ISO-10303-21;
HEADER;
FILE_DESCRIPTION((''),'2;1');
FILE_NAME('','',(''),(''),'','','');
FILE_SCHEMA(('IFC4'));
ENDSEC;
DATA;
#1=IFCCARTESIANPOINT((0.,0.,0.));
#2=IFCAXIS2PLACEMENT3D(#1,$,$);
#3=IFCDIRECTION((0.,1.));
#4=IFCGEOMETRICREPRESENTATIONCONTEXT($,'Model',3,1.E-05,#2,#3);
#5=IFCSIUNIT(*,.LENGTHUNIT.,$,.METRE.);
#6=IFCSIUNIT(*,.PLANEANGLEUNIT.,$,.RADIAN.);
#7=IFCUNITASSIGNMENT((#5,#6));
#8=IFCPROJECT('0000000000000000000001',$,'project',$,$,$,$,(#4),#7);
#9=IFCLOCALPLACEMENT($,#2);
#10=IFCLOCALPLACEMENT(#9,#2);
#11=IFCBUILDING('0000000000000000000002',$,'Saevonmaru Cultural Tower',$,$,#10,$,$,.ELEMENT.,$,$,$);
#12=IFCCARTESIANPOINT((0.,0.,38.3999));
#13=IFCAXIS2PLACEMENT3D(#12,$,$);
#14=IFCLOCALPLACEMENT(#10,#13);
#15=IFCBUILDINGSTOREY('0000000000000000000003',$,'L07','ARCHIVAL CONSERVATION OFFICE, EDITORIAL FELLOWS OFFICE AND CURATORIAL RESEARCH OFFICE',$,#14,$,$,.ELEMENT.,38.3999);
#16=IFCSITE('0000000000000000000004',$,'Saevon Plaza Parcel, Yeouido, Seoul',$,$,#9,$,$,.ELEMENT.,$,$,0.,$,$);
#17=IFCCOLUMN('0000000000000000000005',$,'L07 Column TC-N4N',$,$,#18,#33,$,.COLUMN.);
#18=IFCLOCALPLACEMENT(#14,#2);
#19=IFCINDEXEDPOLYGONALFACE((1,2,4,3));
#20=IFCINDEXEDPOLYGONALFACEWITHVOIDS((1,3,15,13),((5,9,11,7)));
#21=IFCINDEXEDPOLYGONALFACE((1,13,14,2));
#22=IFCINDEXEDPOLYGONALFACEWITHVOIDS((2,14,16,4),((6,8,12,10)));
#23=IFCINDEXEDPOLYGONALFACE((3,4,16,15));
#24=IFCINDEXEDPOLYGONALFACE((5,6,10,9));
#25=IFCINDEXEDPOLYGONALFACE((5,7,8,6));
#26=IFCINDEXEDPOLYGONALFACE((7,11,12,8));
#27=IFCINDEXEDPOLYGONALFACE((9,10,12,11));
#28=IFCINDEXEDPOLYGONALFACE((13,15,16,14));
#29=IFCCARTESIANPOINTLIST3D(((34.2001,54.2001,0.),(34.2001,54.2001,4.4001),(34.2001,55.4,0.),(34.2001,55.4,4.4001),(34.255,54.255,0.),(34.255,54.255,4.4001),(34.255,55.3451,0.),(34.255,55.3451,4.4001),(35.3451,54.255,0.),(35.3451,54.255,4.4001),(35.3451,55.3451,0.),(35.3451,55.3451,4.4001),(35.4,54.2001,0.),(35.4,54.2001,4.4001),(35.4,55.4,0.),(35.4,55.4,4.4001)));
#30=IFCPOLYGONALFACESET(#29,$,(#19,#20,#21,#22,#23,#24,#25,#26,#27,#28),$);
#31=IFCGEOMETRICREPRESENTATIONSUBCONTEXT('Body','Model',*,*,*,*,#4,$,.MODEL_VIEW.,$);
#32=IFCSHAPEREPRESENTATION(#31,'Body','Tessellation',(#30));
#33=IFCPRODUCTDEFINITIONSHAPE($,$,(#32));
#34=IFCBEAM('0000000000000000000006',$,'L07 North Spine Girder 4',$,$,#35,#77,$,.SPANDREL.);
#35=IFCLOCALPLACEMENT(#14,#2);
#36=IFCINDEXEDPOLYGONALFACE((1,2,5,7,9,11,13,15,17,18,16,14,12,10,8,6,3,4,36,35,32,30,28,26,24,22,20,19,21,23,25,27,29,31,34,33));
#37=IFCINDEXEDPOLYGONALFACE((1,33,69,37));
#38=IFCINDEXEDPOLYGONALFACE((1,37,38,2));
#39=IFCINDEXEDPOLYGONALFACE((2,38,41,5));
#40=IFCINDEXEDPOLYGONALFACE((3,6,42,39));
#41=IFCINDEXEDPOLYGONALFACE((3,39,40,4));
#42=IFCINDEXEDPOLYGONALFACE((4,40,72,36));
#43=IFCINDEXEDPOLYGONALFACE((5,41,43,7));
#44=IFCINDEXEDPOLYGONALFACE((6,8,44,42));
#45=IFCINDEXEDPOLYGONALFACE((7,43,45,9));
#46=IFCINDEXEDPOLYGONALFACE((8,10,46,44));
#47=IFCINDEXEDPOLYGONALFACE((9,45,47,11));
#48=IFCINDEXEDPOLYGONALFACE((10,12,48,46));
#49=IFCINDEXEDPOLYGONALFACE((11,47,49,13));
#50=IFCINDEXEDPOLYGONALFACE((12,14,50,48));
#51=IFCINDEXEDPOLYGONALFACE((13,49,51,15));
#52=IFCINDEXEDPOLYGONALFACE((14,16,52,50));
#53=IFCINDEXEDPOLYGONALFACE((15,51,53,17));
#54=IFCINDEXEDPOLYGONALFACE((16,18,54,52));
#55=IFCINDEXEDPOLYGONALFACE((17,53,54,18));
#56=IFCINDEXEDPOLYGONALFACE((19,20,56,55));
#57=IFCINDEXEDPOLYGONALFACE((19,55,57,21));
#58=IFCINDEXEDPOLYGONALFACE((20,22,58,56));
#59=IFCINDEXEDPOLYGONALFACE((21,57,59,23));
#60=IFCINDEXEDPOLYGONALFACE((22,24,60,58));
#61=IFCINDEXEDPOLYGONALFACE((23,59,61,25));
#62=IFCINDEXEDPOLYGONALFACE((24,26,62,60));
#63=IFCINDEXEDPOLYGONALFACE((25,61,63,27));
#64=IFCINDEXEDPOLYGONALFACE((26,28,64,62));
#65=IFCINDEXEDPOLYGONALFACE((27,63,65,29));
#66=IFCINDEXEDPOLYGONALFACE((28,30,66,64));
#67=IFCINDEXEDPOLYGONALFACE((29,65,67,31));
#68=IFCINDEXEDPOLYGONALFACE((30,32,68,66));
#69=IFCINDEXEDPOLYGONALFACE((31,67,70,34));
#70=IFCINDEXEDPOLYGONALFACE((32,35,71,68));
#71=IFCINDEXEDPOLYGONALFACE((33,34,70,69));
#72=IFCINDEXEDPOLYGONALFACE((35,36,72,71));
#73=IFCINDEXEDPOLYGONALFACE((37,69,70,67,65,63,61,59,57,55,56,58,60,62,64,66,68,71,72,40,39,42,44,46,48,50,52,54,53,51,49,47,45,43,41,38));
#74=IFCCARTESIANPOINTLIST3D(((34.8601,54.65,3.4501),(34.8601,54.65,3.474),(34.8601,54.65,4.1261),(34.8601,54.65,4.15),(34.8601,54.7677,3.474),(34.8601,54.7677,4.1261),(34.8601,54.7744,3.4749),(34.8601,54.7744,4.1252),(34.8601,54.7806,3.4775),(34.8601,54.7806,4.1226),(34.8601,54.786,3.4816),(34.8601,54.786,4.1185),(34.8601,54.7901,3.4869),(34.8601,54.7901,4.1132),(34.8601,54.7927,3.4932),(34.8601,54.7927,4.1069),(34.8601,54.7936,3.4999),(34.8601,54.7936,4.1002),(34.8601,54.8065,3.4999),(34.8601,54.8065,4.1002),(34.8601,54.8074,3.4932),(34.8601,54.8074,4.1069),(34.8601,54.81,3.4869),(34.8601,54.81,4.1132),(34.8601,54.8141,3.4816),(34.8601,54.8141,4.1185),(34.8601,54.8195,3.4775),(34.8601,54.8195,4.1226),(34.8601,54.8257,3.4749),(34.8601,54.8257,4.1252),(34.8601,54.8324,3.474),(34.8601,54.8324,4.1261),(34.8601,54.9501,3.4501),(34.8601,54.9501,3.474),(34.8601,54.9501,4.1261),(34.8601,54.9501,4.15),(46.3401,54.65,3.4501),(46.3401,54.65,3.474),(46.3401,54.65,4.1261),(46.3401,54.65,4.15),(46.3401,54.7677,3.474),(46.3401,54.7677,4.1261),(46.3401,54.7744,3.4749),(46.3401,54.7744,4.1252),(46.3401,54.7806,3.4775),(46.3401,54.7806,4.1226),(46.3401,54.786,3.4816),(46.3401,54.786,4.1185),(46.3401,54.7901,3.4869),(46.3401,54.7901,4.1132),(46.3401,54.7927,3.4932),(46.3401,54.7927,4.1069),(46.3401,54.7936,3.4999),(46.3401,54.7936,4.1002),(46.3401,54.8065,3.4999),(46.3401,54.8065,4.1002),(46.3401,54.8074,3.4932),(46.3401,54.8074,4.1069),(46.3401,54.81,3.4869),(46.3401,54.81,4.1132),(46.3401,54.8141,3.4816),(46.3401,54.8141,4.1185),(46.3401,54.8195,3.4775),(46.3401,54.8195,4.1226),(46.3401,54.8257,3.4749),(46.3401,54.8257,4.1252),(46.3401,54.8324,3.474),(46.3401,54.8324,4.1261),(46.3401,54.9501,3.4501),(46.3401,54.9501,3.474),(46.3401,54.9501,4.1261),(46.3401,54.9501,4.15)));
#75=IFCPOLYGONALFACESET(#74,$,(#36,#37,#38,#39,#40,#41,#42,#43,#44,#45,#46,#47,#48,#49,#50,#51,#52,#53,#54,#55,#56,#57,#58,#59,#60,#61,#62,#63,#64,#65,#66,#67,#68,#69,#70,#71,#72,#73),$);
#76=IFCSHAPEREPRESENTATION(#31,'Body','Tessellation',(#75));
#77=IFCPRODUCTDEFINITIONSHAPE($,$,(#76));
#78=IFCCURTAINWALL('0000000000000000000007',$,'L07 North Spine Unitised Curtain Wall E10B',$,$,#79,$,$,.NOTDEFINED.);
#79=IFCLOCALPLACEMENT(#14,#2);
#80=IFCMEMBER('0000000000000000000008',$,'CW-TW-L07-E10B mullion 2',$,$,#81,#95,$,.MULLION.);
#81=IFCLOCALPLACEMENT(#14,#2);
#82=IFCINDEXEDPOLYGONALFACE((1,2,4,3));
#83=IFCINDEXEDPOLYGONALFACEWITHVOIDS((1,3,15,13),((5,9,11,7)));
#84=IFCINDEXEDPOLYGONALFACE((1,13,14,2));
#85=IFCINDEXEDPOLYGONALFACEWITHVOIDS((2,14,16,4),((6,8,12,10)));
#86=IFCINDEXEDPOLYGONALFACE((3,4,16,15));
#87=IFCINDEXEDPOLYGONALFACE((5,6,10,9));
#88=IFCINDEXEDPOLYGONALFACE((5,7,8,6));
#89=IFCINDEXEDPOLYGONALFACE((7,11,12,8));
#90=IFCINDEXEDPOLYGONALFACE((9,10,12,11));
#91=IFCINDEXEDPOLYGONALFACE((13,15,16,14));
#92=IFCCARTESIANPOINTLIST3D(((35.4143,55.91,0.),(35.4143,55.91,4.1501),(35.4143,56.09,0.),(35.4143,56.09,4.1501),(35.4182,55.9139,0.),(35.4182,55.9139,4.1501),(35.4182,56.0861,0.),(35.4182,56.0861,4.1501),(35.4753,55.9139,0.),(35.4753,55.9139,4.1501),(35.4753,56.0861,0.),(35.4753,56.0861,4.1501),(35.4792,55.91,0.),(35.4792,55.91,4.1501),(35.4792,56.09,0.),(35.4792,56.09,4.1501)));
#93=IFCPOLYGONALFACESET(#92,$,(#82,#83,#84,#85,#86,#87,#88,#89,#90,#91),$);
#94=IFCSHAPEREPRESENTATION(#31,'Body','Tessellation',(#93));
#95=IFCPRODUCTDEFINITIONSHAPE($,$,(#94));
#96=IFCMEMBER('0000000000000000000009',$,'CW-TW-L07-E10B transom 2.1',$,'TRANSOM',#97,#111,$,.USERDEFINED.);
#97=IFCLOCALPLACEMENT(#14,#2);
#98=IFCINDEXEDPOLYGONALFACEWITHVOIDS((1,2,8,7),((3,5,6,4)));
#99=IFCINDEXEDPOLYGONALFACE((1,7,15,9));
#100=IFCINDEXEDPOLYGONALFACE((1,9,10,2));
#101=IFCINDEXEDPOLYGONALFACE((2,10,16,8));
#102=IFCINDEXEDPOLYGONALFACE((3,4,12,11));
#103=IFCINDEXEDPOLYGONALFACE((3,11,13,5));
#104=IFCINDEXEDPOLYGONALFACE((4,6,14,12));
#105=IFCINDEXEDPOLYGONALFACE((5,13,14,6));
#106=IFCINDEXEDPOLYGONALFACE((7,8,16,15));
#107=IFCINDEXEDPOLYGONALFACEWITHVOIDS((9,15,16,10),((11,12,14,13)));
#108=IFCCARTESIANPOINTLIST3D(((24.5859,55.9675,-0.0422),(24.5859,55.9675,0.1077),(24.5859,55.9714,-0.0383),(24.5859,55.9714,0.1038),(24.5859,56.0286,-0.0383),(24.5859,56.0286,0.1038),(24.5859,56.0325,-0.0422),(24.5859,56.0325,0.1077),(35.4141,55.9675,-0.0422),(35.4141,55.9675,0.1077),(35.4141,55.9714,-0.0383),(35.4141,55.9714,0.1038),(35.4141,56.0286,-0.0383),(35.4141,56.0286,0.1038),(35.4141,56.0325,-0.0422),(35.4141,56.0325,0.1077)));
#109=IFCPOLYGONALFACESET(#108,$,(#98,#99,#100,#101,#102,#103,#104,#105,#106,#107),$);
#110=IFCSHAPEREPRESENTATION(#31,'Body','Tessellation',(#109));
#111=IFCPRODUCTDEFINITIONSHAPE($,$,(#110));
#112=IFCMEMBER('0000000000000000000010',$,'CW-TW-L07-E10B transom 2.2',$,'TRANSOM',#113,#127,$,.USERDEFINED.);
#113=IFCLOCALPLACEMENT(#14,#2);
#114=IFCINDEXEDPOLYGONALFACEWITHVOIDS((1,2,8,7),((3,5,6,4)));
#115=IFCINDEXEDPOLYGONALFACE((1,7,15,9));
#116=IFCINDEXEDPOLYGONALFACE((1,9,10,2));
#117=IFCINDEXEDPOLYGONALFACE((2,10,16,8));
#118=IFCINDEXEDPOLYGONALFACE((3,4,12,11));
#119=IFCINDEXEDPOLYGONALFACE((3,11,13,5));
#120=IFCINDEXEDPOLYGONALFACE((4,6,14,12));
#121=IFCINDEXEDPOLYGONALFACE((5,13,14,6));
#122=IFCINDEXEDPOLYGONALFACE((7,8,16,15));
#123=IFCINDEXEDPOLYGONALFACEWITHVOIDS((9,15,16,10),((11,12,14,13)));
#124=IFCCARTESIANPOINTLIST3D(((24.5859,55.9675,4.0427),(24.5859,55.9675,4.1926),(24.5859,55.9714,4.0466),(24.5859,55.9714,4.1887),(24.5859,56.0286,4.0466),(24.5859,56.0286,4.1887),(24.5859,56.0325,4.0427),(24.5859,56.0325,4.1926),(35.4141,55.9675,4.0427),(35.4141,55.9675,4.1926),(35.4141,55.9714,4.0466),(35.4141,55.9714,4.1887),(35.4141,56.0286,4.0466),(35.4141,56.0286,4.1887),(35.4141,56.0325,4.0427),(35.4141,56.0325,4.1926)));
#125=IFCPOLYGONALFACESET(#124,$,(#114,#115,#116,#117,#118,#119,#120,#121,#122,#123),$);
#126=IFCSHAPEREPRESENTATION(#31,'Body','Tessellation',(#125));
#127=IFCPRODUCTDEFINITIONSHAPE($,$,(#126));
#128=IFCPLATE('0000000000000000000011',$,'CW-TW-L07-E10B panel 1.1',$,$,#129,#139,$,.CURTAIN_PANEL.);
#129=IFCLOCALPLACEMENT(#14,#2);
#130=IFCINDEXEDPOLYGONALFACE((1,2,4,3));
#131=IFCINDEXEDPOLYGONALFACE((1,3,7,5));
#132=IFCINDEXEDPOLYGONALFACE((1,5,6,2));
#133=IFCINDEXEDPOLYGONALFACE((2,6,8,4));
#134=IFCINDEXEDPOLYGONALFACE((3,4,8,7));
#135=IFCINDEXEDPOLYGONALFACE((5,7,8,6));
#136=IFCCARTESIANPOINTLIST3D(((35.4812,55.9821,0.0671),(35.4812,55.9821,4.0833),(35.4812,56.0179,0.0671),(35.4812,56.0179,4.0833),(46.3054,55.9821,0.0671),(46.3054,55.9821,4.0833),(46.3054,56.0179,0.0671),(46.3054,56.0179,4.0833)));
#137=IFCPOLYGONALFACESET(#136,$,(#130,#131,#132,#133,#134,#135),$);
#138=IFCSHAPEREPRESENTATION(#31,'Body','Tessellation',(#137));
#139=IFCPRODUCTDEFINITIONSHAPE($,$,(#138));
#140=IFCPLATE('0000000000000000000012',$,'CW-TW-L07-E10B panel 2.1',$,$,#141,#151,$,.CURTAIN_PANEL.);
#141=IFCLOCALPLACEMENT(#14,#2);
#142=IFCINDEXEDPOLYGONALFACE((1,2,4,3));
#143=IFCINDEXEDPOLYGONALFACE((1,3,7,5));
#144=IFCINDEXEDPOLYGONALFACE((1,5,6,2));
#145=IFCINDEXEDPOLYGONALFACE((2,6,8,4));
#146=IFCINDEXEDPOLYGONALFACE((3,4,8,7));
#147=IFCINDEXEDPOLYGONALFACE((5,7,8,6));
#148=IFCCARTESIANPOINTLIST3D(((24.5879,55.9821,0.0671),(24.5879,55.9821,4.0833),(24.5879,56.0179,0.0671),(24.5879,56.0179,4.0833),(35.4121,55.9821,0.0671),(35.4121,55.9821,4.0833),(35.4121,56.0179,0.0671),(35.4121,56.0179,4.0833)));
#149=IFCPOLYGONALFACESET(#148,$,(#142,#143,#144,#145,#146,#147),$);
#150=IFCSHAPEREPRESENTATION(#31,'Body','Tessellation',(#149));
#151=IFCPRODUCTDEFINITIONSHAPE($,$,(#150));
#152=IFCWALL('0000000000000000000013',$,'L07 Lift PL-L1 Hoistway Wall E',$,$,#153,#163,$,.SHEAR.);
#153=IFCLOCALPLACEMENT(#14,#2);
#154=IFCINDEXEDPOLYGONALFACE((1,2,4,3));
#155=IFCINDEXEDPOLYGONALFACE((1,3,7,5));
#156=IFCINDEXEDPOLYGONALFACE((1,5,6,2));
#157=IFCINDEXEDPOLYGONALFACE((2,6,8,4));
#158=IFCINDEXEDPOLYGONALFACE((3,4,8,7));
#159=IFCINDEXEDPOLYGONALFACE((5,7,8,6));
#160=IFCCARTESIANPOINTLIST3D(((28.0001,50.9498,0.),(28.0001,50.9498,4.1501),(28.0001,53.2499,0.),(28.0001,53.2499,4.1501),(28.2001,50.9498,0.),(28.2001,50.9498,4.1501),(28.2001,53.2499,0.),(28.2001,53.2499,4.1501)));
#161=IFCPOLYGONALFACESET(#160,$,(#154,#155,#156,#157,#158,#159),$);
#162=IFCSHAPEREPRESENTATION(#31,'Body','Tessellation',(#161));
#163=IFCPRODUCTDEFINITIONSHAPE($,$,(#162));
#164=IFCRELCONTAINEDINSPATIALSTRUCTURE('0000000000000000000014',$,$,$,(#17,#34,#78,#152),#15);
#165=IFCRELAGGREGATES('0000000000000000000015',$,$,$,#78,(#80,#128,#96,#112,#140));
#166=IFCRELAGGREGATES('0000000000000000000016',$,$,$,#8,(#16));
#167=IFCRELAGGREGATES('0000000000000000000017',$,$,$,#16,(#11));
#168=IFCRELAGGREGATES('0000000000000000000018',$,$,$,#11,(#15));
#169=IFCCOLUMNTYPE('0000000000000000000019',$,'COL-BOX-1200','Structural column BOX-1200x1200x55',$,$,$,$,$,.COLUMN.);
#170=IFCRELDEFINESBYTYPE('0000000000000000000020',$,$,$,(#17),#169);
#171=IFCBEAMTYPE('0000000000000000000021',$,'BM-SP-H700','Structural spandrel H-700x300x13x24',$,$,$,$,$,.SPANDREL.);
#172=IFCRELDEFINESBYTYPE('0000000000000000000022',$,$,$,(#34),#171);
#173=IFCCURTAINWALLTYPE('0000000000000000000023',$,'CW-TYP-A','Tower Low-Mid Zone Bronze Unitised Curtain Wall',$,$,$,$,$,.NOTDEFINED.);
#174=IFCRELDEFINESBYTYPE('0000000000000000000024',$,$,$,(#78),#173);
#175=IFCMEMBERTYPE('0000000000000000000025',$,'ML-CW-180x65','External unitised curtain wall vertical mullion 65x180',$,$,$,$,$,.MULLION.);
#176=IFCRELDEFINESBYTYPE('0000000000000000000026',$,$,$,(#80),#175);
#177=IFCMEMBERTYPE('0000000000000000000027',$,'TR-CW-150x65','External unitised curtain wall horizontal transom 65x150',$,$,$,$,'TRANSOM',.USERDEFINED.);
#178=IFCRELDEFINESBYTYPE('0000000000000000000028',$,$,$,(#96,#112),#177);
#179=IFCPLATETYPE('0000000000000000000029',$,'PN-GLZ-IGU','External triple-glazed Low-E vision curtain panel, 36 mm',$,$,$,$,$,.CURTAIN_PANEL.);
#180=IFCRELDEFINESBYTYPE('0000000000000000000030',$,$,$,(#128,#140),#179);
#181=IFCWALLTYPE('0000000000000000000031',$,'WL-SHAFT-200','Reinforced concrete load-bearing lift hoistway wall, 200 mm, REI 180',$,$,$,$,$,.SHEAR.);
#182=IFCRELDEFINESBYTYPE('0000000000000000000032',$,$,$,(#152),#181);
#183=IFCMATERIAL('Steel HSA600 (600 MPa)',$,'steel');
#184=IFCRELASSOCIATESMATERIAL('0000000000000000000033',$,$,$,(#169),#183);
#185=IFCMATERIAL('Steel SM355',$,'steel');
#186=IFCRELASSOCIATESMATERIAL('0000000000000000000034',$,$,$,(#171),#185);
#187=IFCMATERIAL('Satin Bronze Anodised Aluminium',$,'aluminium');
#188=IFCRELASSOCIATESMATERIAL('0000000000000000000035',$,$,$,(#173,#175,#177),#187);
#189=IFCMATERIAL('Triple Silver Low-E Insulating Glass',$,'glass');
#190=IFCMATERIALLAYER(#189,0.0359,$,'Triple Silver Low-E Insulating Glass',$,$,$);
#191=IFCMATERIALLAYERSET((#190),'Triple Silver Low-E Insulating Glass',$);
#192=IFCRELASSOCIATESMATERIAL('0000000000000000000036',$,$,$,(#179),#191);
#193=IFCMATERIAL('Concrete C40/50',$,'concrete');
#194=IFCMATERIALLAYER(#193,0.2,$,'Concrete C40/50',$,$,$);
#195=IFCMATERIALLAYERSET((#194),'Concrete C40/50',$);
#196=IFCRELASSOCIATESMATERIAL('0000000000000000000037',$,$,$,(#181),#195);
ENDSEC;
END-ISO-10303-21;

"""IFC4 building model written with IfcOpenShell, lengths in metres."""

from ifc_helpers import new_model, si_unit, direction, frame, frame_2d, origin, origin_2d, place, context, subcontext, project, spatial, rectangle, hollow_rectangle, i_section, extrude, material, layer, layer_set, material_profile, profile_set, type_object, element, aggregate, save


model = new_model("IFC4")

# Units and contexts
model_context = context("Model", 3, precision=1e-05, world=origin(), true_north=direction((0.0, 1.0)))
body_context = subcontext(model_context, "Body", "Model", "MODEL_VIEW")
ifc_project = project(units=[si_unit("LENGTHUNIT", "METRE"), si_unit("PLANEANGLEUNIT", "RADIAN")], contexts=[model_context])

# Site, building, storey
site_placement = place(None, origin())
site = spatial("IfcSite", under=ifc_project, at=site_placement, Name="Saevon Plaza Parcel, Yeouido, Seoul", CompositionType="ELEMENT", RefElevation=0.0)
building_placement = place(site_placement, origin())
building = spatial("IfcBuilding", under=site, at=building_placement, Name="Saevonmaru Cultural Tower", CompositionType="ELEMENT")
storey_placement = place(building_placement, frame((0.0, 0.0, 38.3999)))
storey = spatial("IfcBuildingStorey", under=building, at=storey_placement, Name="L07", Description="ARCHIVAL CONSERVATION OFFICE, EDITORIAL FELLOWS OFFICE AND CURATORIAL RESEARCH OFFICE", CompositionType="ELEMENT", Elevation=38.3999)

# Column
ifc_material_1 = material(Name="Steel HSA600 (600 MPa)", Category="steel")
ifc_material_profile_1 = material_profile(ifc_material_1, hollow_rectangle(XDim=1.2, YDim=1.2, WallThickness=0.0549, at=origin_2d()), Name="BOX-1200x1200x55")
ifc_profile_set_1 = profile_set([ifc_material_profile_1], Name="Steel HSA600 (600 MPa)")
column_type = type_object("IfcColumnType", Name="COL-BOX-1200", Description="Structural column BOX-1200x1200x55", PredefinedType="COLUMN", material=ifc_profile_set_1)
column_placement = place(storey_placement, frame((34.8, 54.8, 0.0), z_axis=(0.0, 0.0, 1.0), x_axis=(1.0, 0.0, 0.0)))
element("IfcColumn", 1, at=column_placement, inside=storey, type_object=column_type, Name="L07 Column TC-N4N", PredefinedType="COLUMN", context=body_context, shape_type="SweptSolid", body=[
    extrude(hollow_rectangle(XDim=1.2, YDim=1.2, WallThickness=0.0549, at=origin_2d()), origin(), (0.0, 0.0, 1.0), 4.4001),
])

# Beam
ifc_material_2 = material(Name="Steel SM355", Category="steel")
ifc_material_profile_2 = material_profile(ifc_material_2, i_section(OverallWidth=0.3, OverallDepth=0.7, WebThickness=0.0129, FlangeThickness=0.0239, FilletRadius=0.0259, at=origin_2d()), Name="H-700x300x13x24")
ifc_profile_set_2 = profile_set([ifc_material_profile_2], Name="Steel SM355")
beam_type = type_object("IfcBeamType", Name="BM-SP-H700", Description="Structural spandrel H-700x300x13x24", PredefinedType="SPANDREL", material=ifc_profile_set_2)
beam_placement = place(storey_placement, frame((34.8601, 54.8, 3.8), z_axis=(1.0, 0.0, 0.0), x_axis=(0.0, 1.0, 0.0)))
element("IfcBeam", 2, at=beam_placement, inside=storey, type_object=beam_type, Name="L07 North Spine Girder 4", PredefinedType="SPANDREL", context=body_context, shape_type="SweptSolid", body=[
    extrude(i_section(OverallWidth=0.3, OverallDepth=0.7, WebThickness=0.0129, FlangeThickness=0.0239, FilletRadius=0.0259, at=origin_2d()), origin(), (0.0, 0.0, 1.0), 11.48),
])

# Curtain wall, members, plates
ifc_material_3 = material(Name="Satin Bronze Anodised Aluminium", Category="aluminium")
curtain_wall_type = type_object("IfcCurtainWallType", Name="CW-TYP-A", Description="Tower Low-Mid Zone Bronze Unitised Curtain Wall", PredefinedType="NOTDEFINED", material=ifc_material_3)
curtain_wall_placement = place(storey_placement, origin())
curtain_wall = element("IfcCurtainWall", 3, at=curtain_wall_placement, inside=storey, type_object=curtain_wall_type, Name="L07 North Spine Unitised Curtain Wall E10B", PredefinedType="NOTDEFINED")
ifc_material_profile_3 = material_profile(ifc_material_3, hollow_rectangle(XDim=0.0649, YDim=0.1799, WallThickness=0.0039, at=origin_2d()), Name="ALU-MULL-180x65x4")
ifc_profile_set_3 = profile_set([ifc_material_profile_3], Name="Satin Bronze Anodised Aluminium")
member_type_1 = type_object("IfcMemberType", Name="ML-CW-180x65", Description="External unitised curtain wall vertical mullion 65x180", PredefinedType="MULLION", material=ifc_profile_set_3)
member_1_placement = place(storey_placement, frame((35.4468, 56.0, 0.0), z_axis=(0.0, 0.0, 1.0), x_axis=(-1.0, 0.0, 0.0)))
member_1 = element("IfcMember", 4, at=member_1_placement, type_object=member_type_1, Name="CW-TW-L07-E10B mullion 2", PredefinedType="MULLION", context=body_context, shape_type="SweptSolid", body=[
    extrude(hollow_rectangle(XDim=0.0649, YDim=0.1799, WallThickness=0.0039, at=origin_2d()), origin(), (0.0, 0.0, 1.0), 4.1501),
])
ifc_material_profile_4 = material_profile(ifc_material_3, hollow_rectangle(XDim=0.0649, YDim=0.1499, WallThickness=0.0039, at=origin_2d()), Name="ALU-TRAN-150x65x4")
ifc_profile_set_4 = profile_set([ifc_material_profile_4], Name="Satin Bronze Anodised Aluminium")
member_type_2 = type_object("IfcMemberType", Name="TR-CW-150x65", Description="External unitised curtain wall horizontal transom 65x150", ElementType="TRANSOM", PredefinedType="USERDEFINED", material=ifc_profile_set_4)
member_2_placement = place(storey_placement, frame((35.4141, 56.0, 0.0327), z_axis=(-1.0, 0.0, 0.0), x_axis=(0.0, -1.0, 0.0)))
member_2 = element("IfcMember", 5, at=member_2_placement, type_object=member_type_2, Name="CW-TW-L07-E10B transom 2.1", ObjectType="TRANSOM", PredefinedType="USERDEFINED", context=body_context, shape_type="SweptSolid", body=[
    extrude(hollow_rectangle(XDim=0.0649, YDim=0.1499, WallThickness=0.0039, at=origin_2d()), origin(), (0.0, 0.0, 1.0), 10.8281),
])
member_3_placement = place(storey_placement, frame((35.4141, 56.0, 4.1177), z_axis=(-1.0, 0.0, 0.0), x_axis=(0.0, -1.0, 0.0)))
member_3 = element("IfcMember", 6, at=member_3_placement, type_object=member_type_2, Name="CW-TW-L07-E10B transom 2.2", ObjectType="TRANSOM", PredefinedType="USERDEFINED", context=body_context, shape_type="SweptSolid", body=[
    extrude(hollow_rectangle(XDim=0.0649, YDim=0.1499, WallThickness=0.0039, at=origin_2d()), origin(), (0.0, 0.0, 1.0), 10.8281),
])
ifc_material_4 = material(Name="Triple Silver Low-E Insulating Glass", Category="glass")
ifc_layer_1 = layer(ifc_material_4, 0.0359, Name="Triple Silver Low-E Insulating Glass")
ifc_layer_set_1 = layer_set([ifc_layer_1], Name="Triple Silver Low-E Insulating Glass")
plate_type = type_object("IfcPlateType", Name="PN-GLZ-IGU", Description="External triple-glazed Low-E vision curtain panel, 36 mm", PredefinedType="CURTAIN_PANEL", material=ifc_layer_set_1)
plate_1_placement = place(storey_placement, frame((40.8933, 56.0, 0.0671), z_axis=(0.0, 0.0, 1.0), x_axis=(-1.0, 0.0, 0.0)))
plate_1 = element("IfcPlate", 7, at=plate_1_placement, type_object=plate_type, Name="CW-TW-L07-E10B panel 1.1", PredefinedType="CURTAIN_PANEL", context=body_context, shape_type="SweptSolid", body=[
    extrude(rectangle(XDim=10.8242, YDim=0.0359, at=origin_2d()), origin(), (0.0, 0.0, 1.0), 4.0161),
])
plate_2_placement = place(storey_placement, frame((30.0, 56.0, 0.0671), z_axis=(0.0, 0.0, 1.0), x_axis=(-1.0, 0.0, 0.0)))
plate_2 = element("IfcPlate", 8, at=plate_2_placement, type_object=plate_type, Name="CW-TW-L07-E10B panel 2.1", PredefinedType="CURTAIN_PANEL", context=body_context, shape_type="SweptSolid", body=[
    extrude(rectangle(XDim=10.8242, YDim=0.0359, at=origin_2d()), origin(), (0.0, 0.0, 1.0), 4.0161),
])
aggregate(curtain_wall, [member_1, plate_1, member_2, member_3, plate_2])

# Wall
ifc_material_5 = material(Name="Concrete C40/50", Category="concrete")
ifc_layer_2 = layer(ifc_material_5, 0.2, Name="Concrete C40/50")
ifc_layer_set_2 = layer_set([ifc_layer_2], Name="Concrete C40/50")
wall_type_1 = type_object("IfcWallType", Name="WL-SHAFT-200", Description="Reinforced concrete load-bearing lift hoistway wall, 200 mm, REI 180", PredefinedType="SHEAR", material=ifc_layer_set_2)
wall_1_placement = place(storey_placement, frame((28.1001, 50.95, 0.0), z_axis=(0.0, 0.0, 1.0), x_axis=(0.0, 1.0, 0.0)))
element("IfcWall", 9, at=wall_1_placement, inside=storey, type_object=wall_type_1, Name="L07 Lift PL-L1 Hoistway Wall E", PredefinedType="SHEAR", context=body_context, shape_type="SweptSolid", body=[
    extrude(rectangle(XDim=2.3, YDim=0.2, at=frame_2d((1.1499, 0.0))), origin(), (0.0, 0.0, 1.0), 4.1501),
])

save(model, "model.ifc")
